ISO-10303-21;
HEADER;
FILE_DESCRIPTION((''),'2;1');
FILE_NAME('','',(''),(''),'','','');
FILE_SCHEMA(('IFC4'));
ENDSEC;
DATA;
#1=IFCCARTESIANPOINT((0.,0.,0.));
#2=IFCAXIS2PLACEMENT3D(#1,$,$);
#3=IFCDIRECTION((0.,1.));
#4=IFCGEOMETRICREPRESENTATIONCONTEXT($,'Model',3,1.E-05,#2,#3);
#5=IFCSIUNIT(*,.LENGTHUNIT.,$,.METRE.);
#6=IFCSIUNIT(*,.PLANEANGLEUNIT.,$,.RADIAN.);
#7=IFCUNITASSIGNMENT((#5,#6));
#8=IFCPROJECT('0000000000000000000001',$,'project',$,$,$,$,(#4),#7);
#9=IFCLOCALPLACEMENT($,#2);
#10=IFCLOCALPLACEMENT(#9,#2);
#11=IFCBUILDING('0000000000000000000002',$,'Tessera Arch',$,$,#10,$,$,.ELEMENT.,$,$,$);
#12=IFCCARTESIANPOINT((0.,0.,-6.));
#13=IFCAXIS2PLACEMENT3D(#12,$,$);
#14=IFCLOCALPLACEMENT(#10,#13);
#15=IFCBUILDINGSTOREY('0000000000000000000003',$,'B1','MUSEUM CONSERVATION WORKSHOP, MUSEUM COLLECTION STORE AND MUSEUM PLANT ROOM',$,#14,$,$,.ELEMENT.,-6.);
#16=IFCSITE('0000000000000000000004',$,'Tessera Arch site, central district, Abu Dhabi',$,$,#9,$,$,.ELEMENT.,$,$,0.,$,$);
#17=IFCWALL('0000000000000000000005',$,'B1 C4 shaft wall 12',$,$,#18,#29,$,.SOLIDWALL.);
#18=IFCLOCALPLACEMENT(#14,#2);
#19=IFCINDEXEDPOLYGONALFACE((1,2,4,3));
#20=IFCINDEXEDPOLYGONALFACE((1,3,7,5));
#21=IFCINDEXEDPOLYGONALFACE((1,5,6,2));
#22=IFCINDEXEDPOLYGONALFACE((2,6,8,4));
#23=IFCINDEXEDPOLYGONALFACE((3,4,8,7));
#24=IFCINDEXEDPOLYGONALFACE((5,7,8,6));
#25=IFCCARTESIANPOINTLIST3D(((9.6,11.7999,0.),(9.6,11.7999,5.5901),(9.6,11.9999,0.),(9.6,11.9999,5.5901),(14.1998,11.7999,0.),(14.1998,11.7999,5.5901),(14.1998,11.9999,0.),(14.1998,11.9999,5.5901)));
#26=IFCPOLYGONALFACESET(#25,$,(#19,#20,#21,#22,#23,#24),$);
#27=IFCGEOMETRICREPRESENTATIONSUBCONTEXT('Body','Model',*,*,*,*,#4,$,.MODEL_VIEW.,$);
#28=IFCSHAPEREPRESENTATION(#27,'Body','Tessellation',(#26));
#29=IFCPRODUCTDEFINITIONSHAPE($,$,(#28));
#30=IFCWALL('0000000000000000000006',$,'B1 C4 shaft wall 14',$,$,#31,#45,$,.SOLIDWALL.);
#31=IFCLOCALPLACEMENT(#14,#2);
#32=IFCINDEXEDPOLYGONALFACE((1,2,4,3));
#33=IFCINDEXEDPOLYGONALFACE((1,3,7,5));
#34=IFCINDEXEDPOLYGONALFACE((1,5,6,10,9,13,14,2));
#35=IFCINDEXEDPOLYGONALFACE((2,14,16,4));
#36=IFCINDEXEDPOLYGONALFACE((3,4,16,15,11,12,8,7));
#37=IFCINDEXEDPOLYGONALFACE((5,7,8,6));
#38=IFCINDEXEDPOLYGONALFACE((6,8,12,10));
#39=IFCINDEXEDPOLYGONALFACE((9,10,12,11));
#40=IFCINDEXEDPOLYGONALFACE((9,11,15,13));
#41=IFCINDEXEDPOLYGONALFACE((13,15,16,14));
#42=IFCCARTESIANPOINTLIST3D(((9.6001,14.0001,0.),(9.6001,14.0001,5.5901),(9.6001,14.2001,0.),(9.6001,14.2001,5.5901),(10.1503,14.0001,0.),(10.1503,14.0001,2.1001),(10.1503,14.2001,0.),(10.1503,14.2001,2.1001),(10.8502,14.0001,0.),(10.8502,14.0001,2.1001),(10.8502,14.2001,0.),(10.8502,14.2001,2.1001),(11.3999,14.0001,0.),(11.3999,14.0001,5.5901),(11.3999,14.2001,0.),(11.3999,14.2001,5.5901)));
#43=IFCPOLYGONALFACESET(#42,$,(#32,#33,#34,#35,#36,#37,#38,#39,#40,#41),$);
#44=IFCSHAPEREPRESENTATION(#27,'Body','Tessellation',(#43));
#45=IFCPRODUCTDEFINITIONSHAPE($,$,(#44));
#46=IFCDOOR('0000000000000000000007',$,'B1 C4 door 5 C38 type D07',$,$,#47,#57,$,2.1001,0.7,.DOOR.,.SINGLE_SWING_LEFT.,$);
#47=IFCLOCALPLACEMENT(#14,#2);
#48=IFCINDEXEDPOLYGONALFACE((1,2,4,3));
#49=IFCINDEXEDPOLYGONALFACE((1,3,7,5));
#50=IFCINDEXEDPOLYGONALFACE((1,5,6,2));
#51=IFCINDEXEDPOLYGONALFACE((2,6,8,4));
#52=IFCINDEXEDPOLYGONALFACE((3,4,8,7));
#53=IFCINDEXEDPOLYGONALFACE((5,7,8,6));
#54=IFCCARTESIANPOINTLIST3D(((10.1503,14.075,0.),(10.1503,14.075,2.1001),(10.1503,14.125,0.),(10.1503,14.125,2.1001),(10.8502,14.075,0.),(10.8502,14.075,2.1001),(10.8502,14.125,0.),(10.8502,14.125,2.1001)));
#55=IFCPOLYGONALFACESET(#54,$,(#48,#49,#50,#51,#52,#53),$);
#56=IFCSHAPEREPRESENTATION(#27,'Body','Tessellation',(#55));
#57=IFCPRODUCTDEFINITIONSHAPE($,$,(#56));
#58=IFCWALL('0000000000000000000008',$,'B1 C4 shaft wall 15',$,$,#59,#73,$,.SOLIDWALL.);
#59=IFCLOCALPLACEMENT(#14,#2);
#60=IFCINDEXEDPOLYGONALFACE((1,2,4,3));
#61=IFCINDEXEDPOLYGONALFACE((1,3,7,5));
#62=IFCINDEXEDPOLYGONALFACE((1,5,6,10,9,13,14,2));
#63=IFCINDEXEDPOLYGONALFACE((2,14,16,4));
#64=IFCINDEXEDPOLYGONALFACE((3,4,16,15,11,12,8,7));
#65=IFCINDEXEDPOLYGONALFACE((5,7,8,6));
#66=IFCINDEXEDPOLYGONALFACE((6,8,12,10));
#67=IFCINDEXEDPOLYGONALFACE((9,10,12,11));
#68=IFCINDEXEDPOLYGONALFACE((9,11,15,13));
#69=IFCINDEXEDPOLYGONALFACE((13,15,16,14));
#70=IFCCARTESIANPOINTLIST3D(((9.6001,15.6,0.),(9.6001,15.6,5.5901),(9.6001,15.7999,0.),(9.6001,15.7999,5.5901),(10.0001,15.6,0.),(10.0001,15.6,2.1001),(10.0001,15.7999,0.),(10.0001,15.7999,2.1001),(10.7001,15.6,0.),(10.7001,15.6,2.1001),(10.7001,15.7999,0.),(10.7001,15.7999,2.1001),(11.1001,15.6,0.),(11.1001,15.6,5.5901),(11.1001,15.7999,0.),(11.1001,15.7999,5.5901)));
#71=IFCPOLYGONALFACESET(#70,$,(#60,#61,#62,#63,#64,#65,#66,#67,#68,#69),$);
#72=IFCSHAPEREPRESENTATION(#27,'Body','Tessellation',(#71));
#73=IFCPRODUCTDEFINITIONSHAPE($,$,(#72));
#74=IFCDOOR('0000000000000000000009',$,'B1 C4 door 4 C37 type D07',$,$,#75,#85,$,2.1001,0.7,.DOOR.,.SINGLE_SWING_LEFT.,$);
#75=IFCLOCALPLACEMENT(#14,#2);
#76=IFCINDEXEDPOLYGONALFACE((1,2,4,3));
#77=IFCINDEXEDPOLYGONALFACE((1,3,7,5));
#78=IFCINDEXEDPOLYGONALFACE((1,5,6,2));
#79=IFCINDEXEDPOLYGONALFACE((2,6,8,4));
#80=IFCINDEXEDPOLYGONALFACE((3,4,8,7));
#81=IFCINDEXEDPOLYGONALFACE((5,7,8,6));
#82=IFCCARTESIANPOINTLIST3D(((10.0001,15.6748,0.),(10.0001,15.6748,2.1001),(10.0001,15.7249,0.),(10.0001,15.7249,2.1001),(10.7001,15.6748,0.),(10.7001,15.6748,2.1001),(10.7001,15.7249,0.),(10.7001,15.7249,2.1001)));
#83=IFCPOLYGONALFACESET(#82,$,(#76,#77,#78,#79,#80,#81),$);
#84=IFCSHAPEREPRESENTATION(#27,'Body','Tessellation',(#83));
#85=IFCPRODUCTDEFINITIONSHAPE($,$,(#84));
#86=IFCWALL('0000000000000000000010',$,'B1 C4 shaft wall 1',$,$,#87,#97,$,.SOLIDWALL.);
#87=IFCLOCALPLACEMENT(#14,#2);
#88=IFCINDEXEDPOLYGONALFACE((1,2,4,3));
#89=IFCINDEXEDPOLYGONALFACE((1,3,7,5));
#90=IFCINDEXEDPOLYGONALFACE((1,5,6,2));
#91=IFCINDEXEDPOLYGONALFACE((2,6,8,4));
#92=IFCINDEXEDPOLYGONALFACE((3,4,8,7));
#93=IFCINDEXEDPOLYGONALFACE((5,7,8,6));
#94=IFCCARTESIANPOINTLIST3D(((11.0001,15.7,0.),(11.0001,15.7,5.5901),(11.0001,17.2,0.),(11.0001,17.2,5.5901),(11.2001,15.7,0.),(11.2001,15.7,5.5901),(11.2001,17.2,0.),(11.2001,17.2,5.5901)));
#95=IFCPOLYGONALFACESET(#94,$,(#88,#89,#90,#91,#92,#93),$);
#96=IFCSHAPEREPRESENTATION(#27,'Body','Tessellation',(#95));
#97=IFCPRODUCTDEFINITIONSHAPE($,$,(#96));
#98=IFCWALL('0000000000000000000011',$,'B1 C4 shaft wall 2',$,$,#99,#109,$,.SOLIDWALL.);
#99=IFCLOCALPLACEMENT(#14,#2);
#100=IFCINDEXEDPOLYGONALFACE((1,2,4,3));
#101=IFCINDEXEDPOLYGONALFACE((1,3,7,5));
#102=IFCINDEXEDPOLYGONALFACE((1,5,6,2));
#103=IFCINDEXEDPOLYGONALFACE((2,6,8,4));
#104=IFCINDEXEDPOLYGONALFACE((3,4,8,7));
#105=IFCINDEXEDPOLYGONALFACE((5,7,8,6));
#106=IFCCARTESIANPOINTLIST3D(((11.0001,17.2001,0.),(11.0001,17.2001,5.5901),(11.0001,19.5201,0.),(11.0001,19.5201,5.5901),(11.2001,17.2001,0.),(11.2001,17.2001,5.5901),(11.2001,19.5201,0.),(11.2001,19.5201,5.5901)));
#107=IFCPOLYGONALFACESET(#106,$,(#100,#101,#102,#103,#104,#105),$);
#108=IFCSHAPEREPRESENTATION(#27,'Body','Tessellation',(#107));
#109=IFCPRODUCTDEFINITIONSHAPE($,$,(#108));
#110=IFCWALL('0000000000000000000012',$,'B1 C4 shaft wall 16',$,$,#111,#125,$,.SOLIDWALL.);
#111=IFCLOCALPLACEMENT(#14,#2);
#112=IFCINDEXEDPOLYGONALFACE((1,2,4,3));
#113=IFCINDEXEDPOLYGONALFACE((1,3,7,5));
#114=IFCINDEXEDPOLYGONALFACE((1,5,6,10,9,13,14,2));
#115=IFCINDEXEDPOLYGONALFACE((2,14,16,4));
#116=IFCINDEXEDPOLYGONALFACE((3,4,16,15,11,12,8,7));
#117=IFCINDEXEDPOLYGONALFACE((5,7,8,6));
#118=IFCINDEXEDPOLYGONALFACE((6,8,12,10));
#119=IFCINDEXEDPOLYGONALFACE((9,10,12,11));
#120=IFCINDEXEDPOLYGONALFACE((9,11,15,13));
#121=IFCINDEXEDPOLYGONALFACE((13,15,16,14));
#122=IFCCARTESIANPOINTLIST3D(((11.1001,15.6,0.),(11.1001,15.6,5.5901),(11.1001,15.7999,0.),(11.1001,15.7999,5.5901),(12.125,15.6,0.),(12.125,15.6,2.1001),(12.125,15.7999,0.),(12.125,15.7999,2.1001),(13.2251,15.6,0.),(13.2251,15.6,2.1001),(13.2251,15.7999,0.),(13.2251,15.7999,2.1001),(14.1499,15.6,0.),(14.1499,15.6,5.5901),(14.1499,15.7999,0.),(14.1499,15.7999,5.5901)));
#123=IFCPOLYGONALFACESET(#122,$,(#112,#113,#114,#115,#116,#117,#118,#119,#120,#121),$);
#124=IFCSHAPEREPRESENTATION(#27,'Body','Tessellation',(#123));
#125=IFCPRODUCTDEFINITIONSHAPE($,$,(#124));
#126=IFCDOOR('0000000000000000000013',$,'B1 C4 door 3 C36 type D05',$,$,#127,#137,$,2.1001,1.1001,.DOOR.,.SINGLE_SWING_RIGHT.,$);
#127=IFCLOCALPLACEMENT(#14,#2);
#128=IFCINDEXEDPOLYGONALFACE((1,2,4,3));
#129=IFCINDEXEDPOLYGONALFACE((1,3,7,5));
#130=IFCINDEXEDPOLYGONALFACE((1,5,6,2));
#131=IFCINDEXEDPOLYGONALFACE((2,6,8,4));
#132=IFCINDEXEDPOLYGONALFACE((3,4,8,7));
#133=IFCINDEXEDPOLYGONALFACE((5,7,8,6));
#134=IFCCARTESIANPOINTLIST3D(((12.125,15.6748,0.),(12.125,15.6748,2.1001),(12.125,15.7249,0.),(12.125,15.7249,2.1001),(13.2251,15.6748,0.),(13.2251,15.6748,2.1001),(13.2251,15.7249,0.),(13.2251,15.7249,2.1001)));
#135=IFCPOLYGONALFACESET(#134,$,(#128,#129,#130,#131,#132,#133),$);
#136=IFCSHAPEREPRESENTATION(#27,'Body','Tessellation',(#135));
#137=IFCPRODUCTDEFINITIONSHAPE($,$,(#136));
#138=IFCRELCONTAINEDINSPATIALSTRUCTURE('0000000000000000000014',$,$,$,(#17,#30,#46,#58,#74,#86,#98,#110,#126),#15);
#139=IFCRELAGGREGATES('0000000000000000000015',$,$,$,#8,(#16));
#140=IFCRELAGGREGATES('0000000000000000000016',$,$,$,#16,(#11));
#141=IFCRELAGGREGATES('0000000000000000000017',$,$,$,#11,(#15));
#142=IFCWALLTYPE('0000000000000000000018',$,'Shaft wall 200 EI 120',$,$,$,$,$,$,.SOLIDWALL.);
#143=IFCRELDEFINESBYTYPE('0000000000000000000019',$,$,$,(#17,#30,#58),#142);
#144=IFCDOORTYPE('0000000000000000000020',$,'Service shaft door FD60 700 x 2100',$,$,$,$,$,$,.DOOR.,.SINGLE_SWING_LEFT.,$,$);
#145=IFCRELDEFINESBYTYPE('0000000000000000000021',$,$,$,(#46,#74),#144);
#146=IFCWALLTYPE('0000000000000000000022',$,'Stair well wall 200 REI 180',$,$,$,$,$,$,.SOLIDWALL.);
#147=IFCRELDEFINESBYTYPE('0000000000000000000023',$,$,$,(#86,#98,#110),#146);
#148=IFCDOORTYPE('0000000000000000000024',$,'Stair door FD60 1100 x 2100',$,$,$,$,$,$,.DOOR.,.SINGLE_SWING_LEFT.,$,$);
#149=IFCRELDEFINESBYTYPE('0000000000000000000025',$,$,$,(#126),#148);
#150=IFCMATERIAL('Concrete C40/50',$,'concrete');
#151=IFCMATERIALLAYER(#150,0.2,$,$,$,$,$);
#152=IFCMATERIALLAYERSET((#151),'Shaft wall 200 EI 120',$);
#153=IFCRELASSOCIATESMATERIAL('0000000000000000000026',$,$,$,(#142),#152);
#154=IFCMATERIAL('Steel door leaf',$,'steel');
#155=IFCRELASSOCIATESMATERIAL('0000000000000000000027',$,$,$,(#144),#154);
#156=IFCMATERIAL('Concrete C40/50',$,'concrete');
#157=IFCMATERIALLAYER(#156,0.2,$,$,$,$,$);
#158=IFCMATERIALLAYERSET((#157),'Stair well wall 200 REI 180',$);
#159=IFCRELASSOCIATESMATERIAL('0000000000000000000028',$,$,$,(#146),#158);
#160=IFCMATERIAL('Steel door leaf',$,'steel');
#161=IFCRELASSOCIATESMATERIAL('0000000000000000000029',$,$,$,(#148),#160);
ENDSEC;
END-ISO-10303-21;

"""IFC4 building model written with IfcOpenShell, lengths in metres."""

from ifc_helpers import new_model, si_unit, direction, frame, frame_2d, origin, place, context, subcontext, project, spatial, rectangle, extrude, material, layer, layer_set, type_object, element, fill, save


model = new_model("IFC4")

# Units and contexts
model_context = context("Model", 3, precision=1e-05, world=origin(), true_north=direction((0.0, 1.0)))
body_context = subcontext(model_context, "Body", "Model", "MODEL_VIEW")
ifc_project = project(units=[si_unit("LENGTHUNIT", "METRE"), si_unit("PLANEANGLEUNIT", "RADIAN")], contexts=[model_context])

# Site, building, storey
site_placement = place(None, origin())
site = spatial("IfcSite", under=ifc_project, at=site_placement, Name="Tessera Arch site, central district, Abu Dhabi", CompositionType="ELEMENT", RefElevation=0.0)
building_placement = place(site_placement, origin())
building = spatial("IfcBuilding", under=site, at=building_placement, Name="Tessera Arch", CompositionType="ELEMENT")
storey_placement = place(building_placement, frame((0.0, 0.0, -6.0)))
storey = spatial("IfcBuildingStorey", under=building, at=storey_placement, Name="B1", Description="MUSEUM CONSERVATION WORKSHOP, MUSEUM COLLECTION STORE AND MUSEUM PLANT ROOM", CompositionType="ELEMENT", Elevation=-6.0)

# Wall
ifc_material_1 = material(Name="Concrete C40/50", Category="concrete")
ifc_layer_1 = layer(ifc_material_1, 0.2)
ifc_layer_set_1 = layer_set([ifc_layer_1], Name="Shaft wall 200 EI 120")
wall_type_1 = type_object("IfcWallType", Name="Shaft wall 200 EI 120", PredefinedType="SOLIDWALL", material=ifc_layer_set_1)
wall_1_placement = place(storey_placement, frame((9.6001, 11.8999, 0.0), z_axis=(0.0, 0.0, 1.0), x_axis=(1.0, 0.0, 0.0)))
element("IfcWall", 1, at=wall_1_placement, inside=storey, type_object=wall_type_1, Name="B1 C4 shaft wall 12", PredefinedType="SOLIDWALL", context=body_context, shape_type="SweptSolid", body=[
    extrude(rectangle(XDim=4.5999, YDim=0.2, at=frame_2d((2.2998, 0.0))), origin(), (0.0, 0.0, 1.0), 5.5901),
])

# Walls, openings, doors
wall_2_placement = place(storey_placement, frame((9.6001, 14.1001, 0.0), z_axis=(0.0, 0.0, 1.0), x_axis=(1.0, 0.0, 0.0)))
wall_2 = element("IfcWall", 2, at=wall_2_placement, inside=storey, type_object=wall_type_1, Name="B1 C4 shaft wall 14", PredefinedType="SOLIDWALL", context=body_context, shape_type="SweptSolid", body=[
    extrude(rectangle(XDim=1.7998, YDim=0.2, at=frame_2d((0.8999, 0.0))), origin(), (0.0, 0.0, 1.0), 5.5901),
])
opening_1_placement = place(wall_2_placement, frame((0.55, 0.0, 0.0)))
opening_1 = element("IfcOpeningElement", 3, at=opening_1_placement, cuts=wall_2, PredefinedType="OPENING", context=body_context, shape_type="SweptSolid", body=[
    extrude(rectangle(XDim=0.7, YDim=2.1001, at=frame_2d((0.3501, 1.05))), frame((0.0, 0.1099, 0.0), z_axis=(0.0, -1.0, 0.0), x_axis=(1.0, 0.0, 0.0)), (0.0, 0.0, 1.0), 0.22),
])
ifc_material_2 = material(Name="Steel door leaf", Category="steel")
door_type_1 = type_object("IfcDoorType", Name="Service shaft door FD60 700 x 2100", OperationType="SINGLE_SWING_LEFT", PredefinedType="DOOR", material=ifc_material_2)
door_1_placement = place(opening_1_placement, origin())
door_1 = element("IfcDoor", 4, at=door_1_placement, inside=storey, type_object=door_type_1, Name="B1 C4 door 5 C38 type D07", OperationType="SINGLE_SWING_LEFT", OverallHeight=2.1001, OverallWidth=0.7, PredefinedType="DOOR", context=body_context, shape_type="SweptSolid", body=[
    extrude(rectangle(XDim=0.7, YDim=2.1001, at=frame_2d((0.3501, 1.05))), frame((0.0, 0.0249, 0.0), z_axis=(0.0, -1.0, 0.0), x_axis=(1.0, 0.0, 0.0)), (0.0, 0.0, 1.0), 0.05),
])
fill(opening_1, door_1)
wall_3_placement = place(storey_placement, frame((9.6001, 15.7, 0.0), z_axis=(0.0, 0.0, 1.0), x_axis=(1.0, 0.0, 0.0)))
wall_3 = element("IfcWall", 5, at=wall_3_placement, inside=storey, type_object=wall_type_1, Name="B1 C4 shaft wall 15", PredefinedType="SOLIDWALL", context=body_context, shape_type="SweptSolid", body=[
    extrude(rectangle(XDim=1.5, YDim=0.2, at=frame_2d((0.75, 0.0))), origin(), (0.0, 0.0, 1.0), 5.5901),
])
opening_2_placement = place(wall_3_placement, frame((0.3999, 0.0, 0.0)))
opening_2 = element("IfcOpeningElement", 6, at=opening_2_placement, cuts=wall_3, PredefinedType="OPENING", context=body_context, shape_type="SweptSolid", body=[
    extrude(rectangle(XDim=0.7, YDim=2.1001, at=frame_2d((0.3501, 1.05))), frame((0.0, 0.1099, 0.0), z_axis=(0.0, -1.0, 0.0), x_axis=(1.0, 0.0, 0.0)), (0.0, 0.0, 1.0), 0.22),
])
door_2_placement = place(opening_2_placement, origin())
door_2 = element("IfcDoor", 7, at=door_2_placement, inside=storey, type_object=door_type_1, Name="B1 C4 door 4 C37 type D07", OperationType="SINGLE_SWING_LEFT", OverallHeight=2.1001, OverallWidth=0.7, PredefinedType="DOOR", context=body_context, shape_type="SweptSolid", body=[
    extrude(rectangle(XDim=0.7, YDim=2.1001, at=frame_2d((0.3501, 1.05))), frame((0.0, 0.0249, 0.0), z_axis=(0.0, -1.0, 0.0), x_axis=(1.0, 0.0, 0.0)), (0.0, 0.0, 1.0), 0.05),
])
fill(opening_2, door_2)

# Walls
ifc_material_3 = material(Name="Concrete C40/50", Category="concrete")
ifc_layer_2 = layer(ifc_material_3, 0.2)
ifc_layer_set_2 = layer_set([ifc_layer_2], Name="Stair well wall 200 REI 180")
wall_type_2 = type_object("IfcWallType", Name="Stair well wall 200 REI 180", PredefinedType="SOLIDWALL", material=ifc_layer_set_2)
wall_4_placement = place(storey_placement, frame((11.1001, 15.7, 0.0), z_axis=(0.0, 0.0, 1.0), x_axis=(0.0, 1.0, 0.0)))
element("IfcWall", 8, at=wall_4_placement, inside=storey, type_object=wall_type_2, Name="B1 C4 shaft wall 1", PredefinedType="SOLIDWALL", context=body_context, shape_type="SweptSolid", body=[
    extrude(rectangle(XDim=1.5, YDim=0.2, at=frame_2d((0.75, 0.0))), origin(), (0.0, 0.0, 1.0), 5.5901),
])
wall_5_placement = place(storey_placement, frame((11.1001, 17.2, 0.0), z_axis=(0.0, 0.0, 1.0), x_axis=(0.0, 1.0, 0.0)))
element("IfcWall", 9, at=wall_5_placement, inside=storey, type_object=wall_type_2, Name="B1 C4 shaft wall 2", PredefinedType="SOLIDWALL", context=body_context, shape_type="SweptSolid", body=[
    extrude(rectangle(XDim=2.3201, YDim=0.2, at=frame_2d((1.1602, 0.0))), origin(), (0.0, 0.0, 1.0), 5.5901),
])

# Wall, opening, door
wall_6_placement = place(storey_placement, frame((11.1001, 15.7, 0.0), z_axis=(0.0, 0.0, 1.0), x_axis=(1.0, 0.0, 0.0)))
wall_6 = element("IfcWall", 10, at=wall_6_placement, inside=storey, type_object=wall_type_2, Name="B1 C4 shaft wall 16", PredefinedType="SOLIDWALL", context=body_context, shape_type="SweptSolid", body=[
    extrude(rectangle(XDim=3.0498, YDim=0.2, at=frame_2d((1.5249, 0.0))), origin(), (0.0, 0.0, 1.0), 5.5901),
])
opening_3_placement = place(wall_6_placement, frame((1.0249, 0.0, 0.0)))
opening_3 = element("IfcOpeningElement", 11, at=opening_3_placement, cuts=wall_6, PredefinedType="OPENING", context=body_context, shape_type="SweptSolid", body=[
    extrude(rectangle(XDim=1.1001, YDim=2.1001, at=frame_2d((0.55, 1.05))), frame((0.0, 0.1099, 0.0), z_axis=(0.0, -1.0, 0.0), x_axis=(1.0, 0.0, 0.0)), (0.0, 0.0, 1.0), 0.22),
])
ifc_material_4 = material(Name="Steel door leaf", Category="steel")
door_type_2 = type_object("IfcDoorType", Name="Stair door FD60 1100 x 2100", OperationType="SINGLE_SWING_LEFT", PredefinedType="DOOR", material=ifc_material_4)
door_3_placement = place(opening_3_placement, origin())
door_3 = element("IfcDoor", 12, at=door_3_placement, inside=storey, type_object=door_type_2, Name="B1 C4 door 3 C36 type D05", OperationType="SINGLE_SWING_RIGHT", OverallHeight=2.1001, OverallWidth=1.1001, PredefinedType="DOOR", context=body_context, shape_type="SweptSolid", body=[
    extrude(rectangle(XDim=1.1001, YDim=2.1001, at=frame_2d((0.55, 1.05))), frame((0.0, 0.0249, 0.0), z_axis=(0.0, -1.0, 0.0), x_axis=(1.0, 0.0, 0.0)), (0.0, 0.0, 1.0), 0.05),
])
fill(opening_3, door_3)

save(model, "model.ifc")
